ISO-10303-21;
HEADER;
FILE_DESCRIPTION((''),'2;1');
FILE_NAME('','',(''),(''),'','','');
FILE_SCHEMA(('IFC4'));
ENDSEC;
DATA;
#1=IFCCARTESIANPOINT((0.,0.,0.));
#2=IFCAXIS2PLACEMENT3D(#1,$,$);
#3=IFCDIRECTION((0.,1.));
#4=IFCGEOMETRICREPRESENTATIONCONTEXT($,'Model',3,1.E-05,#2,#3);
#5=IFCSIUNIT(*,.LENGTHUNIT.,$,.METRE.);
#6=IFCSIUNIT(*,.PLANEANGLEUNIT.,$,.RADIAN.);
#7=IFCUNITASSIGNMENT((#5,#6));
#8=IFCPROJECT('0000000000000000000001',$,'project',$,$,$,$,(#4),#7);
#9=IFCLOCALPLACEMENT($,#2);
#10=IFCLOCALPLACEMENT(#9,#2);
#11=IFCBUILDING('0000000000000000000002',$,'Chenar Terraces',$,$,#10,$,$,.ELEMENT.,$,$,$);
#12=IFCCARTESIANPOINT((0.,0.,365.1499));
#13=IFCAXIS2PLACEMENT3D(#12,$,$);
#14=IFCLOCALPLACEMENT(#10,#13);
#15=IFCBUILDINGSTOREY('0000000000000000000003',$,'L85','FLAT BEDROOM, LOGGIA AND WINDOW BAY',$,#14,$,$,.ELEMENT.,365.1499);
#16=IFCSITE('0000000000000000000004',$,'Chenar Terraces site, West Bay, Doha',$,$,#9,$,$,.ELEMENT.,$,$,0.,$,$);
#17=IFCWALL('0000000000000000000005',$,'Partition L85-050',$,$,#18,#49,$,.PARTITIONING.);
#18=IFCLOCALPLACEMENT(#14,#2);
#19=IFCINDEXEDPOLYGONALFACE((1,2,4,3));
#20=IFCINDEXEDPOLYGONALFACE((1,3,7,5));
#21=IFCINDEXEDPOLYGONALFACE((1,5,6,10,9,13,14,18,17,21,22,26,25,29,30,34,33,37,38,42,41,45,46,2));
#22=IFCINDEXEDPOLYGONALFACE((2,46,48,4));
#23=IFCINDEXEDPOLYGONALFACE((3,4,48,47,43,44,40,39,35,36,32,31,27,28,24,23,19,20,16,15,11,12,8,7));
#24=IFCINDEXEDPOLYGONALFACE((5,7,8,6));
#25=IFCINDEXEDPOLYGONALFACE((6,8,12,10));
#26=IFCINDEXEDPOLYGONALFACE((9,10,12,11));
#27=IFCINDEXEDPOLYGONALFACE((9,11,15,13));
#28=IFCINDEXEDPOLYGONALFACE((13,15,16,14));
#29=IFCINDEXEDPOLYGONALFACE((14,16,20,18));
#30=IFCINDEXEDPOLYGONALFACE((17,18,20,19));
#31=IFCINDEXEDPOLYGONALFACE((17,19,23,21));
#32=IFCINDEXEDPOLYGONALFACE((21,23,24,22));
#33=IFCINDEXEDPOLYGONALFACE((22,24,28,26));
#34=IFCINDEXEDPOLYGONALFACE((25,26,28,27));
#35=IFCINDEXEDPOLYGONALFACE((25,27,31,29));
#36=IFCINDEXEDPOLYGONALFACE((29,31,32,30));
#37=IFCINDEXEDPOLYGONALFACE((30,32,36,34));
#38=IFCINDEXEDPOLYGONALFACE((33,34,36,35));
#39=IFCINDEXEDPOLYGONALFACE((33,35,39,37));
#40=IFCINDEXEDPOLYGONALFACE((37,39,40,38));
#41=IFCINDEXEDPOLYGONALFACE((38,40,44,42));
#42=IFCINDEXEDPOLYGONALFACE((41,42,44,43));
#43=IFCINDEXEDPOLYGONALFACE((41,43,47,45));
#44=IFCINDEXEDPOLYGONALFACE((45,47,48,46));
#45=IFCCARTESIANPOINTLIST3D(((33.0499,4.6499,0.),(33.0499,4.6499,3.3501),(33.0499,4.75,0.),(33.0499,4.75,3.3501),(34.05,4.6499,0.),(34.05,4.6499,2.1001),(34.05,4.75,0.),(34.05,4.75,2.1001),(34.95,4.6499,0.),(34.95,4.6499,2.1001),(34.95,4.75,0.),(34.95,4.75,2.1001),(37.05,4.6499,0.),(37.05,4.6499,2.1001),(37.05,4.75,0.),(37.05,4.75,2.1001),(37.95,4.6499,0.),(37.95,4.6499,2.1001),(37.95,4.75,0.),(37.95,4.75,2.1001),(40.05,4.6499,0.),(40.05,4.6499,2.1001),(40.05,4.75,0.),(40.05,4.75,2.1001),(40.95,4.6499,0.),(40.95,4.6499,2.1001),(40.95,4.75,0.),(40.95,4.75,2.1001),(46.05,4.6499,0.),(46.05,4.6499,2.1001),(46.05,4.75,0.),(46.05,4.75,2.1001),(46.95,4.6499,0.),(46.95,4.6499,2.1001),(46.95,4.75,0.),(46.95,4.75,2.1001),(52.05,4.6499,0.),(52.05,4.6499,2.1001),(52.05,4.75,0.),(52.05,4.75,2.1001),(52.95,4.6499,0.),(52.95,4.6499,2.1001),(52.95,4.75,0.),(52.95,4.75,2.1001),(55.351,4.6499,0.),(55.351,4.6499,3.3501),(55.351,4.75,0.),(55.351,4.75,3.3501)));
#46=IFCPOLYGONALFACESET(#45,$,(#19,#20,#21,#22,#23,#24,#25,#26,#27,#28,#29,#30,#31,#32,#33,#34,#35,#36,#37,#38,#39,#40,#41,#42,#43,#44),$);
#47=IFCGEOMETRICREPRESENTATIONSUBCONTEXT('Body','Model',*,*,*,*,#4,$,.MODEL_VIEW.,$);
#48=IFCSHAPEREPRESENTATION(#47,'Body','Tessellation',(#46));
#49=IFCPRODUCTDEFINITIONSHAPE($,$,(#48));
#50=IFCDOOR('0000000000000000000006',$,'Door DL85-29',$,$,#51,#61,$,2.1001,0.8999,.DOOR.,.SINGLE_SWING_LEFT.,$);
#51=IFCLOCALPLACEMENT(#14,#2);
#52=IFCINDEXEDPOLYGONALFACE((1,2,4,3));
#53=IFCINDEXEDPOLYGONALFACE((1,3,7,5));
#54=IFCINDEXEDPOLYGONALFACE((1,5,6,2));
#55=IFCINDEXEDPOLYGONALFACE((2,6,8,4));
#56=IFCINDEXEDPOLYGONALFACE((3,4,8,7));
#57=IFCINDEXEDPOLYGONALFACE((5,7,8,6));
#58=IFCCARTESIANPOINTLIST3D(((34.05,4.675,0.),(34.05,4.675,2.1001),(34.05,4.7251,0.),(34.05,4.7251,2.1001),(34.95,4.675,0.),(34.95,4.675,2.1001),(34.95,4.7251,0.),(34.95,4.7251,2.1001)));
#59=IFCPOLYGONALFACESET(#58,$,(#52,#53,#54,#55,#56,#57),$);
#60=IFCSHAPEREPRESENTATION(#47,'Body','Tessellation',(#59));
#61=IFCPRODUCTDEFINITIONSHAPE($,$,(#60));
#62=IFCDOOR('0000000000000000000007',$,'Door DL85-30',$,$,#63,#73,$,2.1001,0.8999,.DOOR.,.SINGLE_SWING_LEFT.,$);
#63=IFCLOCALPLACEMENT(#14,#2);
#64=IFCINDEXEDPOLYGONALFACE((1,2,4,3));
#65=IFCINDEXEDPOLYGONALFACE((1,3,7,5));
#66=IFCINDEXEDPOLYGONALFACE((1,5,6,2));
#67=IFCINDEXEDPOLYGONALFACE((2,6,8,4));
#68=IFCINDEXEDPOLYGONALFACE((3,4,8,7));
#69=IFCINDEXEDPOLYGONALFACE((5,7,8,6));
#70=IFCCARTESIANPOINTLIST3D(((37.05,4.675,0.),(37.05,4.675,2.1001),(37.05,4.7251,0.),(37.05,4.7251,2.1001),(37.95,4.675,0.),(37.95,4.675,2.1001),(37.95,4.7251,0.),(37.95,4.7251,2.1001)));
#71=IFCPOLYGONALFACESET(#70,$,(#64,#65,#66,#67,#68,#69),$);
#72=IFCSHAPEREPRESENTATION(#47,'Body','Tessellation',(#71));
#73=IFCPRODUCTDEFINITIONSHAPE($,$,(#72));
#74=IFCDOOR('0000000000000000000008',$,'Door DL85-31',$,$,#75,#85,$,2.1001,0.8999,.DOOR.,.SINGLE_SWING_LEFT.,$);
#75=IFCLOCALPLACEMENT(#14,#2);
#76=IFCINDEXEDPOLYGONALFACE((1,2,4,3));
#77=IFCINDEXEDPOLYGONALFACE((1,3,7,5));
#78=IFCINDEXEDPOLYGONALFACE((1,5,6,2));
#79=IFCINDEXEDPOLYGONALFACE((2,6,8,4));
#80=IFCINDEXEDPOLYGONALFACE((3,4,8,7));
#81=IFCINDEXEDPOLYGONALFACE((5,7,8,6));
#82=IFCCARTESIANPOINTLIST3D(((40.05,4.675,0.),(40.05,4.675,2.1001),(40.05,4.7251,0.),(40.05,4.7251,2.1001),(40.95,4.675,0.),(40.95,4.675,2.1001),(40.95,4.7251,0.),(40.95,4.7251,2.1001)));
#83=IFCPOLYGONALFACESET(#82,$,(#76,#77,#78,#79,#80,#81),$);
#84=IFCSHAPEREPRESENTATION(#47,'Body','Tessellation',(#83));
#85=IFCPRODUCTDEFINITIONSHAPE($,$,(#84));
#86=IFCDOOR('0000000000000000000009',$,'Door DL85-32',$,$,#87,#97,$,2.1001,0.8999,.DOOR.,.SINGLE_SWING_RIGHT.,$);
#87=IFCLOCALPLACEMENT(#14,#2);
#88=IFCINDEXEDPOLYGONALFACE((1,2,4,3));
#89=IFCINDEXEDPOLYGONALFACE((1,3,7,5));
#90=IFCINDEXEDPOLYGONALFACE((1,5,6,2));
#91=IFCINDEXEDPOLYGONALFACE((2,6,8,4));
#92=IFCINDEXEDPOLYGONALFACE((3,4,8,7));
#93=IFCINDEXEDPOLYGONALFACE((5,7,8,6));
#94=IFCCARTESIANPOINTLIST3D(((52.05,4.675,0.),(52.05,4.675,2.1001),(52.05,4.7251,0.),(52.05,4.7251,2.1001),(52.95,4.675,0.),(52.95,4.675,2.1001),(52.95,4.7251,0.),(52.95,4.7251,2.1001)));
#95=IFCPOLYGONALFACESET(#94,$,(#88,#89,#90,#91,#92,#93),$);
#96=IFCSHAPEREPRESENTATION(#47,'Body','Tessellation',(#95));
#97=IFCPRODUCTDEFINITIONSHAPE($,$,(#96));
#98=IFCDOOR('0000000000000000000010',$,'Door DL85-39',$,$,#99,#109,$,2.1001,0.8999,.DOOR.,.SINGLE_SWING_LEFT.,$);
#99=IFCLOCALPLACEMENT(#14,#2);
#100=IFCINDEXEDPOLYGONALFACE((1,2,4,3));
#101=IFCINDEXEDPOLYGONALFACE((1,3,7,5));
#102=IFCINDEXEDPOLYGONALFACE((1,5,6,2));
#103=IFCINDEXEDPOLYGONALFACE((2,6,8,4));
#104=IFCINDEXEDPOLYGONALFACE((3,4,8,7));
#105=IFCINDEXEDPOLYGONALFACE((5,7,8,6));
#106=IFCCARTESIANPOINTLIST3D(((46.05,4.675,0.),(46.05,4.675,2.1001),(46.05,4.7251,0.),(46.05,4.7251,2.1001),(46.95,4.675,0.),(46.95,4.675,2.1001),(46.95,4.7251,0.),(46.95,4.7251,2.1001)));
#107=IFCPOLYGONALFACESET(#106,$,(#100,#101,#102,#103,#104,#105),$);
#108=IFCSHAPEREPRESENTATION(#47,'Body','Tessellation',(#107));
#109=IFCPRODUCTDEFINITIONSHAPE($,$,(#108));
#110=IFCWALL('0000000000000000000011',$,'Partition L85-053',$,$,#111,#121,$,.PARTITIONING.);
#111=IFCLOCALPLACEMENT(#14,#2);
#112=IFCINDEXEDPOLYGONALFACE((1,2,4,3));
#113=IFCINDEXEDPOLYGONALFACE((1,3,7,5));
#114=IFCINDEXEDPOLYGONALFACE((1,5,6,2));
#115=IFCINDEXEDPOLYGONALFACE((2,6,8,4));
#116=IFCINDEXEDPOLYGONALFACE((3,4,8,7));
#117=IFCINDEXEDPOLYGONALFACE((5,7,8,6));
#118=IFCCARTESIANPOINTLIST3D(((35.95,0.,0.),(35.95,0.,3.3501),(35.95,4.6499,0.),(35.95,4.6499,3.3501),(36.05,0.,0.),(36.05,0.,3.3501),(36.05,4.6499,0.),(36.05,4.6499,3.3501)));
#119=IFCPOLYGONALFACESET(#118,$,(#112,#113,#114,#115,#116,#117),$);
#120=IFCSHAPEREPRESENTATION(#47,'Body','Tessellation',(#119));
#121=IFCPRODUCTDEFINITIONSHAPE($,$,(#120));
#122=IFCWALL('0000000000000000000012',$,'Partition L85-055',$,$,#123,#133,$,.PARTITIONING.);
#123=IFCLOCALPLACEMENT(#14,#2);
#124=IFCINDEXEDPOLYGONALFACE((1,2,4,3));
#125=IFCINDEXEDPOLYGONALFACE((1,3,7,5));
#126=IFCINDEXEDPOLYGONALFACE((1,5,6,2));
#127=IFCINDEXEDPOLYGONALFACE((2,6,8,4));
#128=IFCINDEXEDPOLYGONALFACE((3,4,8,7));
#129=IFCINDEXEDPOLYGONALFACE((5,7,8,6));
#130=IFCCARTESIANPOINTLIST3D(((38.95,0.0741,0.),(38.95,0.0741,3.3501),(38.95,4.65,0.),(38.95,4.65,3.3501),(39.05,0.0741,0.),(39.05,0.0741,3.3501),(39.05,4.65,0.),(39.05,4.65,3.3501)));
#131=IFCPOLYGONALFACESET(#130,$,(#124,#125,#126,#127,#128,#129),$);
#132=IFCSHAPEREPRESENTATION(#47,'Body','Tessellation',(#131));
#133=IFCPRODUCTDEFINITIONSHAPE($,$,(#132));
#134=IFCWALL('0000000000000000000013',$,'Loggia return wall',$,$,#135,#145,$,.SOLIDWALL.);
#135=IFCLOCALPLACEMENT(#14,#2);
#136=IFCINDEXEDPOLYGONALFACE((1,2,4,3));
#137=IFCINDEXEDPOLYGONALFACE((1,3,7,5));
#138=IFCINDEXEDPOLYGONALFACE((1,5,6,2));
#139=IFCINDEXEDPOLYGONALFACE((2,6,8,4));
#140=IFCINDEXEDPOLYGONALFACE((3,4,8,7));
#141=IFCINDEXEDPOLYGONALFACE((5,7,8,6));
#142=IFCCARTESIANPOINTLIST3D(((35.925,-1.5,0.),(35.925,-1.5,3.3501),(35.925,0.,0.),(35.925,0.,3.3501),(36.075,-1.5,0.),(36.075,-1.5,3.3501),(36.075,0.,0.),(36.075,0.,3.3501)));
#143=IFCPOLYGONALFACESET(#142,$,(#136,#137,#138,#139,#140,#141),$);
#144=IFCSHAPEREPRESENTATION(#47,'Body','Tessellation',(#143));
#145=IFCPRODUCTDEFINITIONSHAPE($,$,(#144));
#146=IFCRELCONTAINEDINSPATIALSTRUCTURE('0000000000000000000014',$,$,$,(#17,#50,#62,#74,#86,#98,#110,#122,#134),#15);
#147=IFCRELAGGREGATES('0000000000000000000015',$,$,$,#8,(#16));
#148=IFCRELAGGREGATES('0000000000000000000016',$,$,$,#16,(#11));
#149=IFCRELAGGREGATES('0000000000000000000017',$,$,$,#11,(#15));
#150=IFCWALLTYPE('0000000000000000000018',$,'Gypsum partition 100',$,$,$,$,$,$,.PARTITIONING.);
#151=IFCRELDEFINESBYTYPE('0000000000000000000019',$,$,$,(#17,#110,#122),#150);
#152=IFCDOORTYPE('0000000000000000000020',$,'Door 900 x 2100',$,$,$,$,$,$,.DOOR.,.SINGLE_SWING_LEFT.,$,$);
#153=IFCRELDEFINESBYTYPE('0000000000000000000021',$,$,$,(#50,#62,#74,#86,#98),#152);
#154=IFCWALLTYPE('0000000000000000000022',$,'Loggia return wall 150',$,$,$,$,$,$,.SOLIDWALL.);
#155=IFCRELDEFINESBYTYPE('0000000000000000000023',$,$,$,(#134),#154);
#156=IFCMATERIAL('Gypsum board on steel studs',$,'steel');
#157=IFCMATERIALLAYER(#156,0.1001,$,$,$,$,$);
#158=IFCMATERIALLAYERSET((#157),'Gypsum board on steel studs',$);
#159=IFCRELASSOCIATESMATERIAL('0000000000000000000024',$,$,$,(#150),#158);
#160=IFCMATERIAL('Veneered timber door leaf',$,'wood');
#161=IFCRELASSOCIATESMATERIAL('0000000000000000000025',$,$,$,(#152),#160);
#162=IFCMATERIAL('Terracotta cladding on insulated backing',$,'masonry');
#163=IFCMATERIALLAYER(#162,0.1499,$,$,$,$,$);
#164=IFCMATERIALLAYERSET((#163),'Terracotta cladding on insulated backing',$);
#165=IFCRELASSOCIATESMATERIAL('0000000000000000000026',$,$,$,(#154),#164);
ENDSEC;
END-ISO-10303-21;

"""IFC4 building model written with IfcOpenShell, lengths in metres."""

from ifc_helpers import new_model, si_unit, direction, frame, frame_2d, origin, place, context, subcontext, project, spatial, rectangle, extrude, material, layer, layer_set, type_object, element, fill, save


model = new_model("IFC4")

# Units and contexts
model_context = context("Model", 3, precision=1e-05, world=origin(), true_north=direction((0.0, 1.0)))
body_context = subcontext(model_context, "Body", "Model", "MODEL_VIEW")
ifc_project = project(units=[si_unit("LENGTHUNIT", "METRE"), si_unit("PLANEANGLEUNIT", "RADIAN")], contexts=[model_context])

# Site, building, storey
site_placement = place(None, origin())
site = spatial("IfcSite", under=ifc_project, at=site_placement, Name="Chenar Terraces site, West Bay, Doha", CompositionType="ELEMENT", RefElevation=0.0)
building_placement = place(site_placement, origin())
building = spatial("IfcBuilding", under=site, at=building_placement, Name="Chenar Terraces", CompositionType="ELEMENT")
storey_placement = place(building_placement, frame((0.0, 0.0, 365.1499)))
storey = spatial("IfcBuildingStorey", under=building, at=storey_placement, Name="L85", Description="FLAT BEDROOM, LOGGIA AND WINDOW BAY", CompositionType="ELEMENT", Elevation=365.1499)

# Wall, openings, doors
ifc_material_1 = material(Name="Gypsum board on steel studs", Category="steel")
ifc_layer_1 = layer(ifc_material_1, 0.1001)
ifc_layer_set_1 = layer_set([ifc_layer_1], Name="Gypsum board on steel studs")
wall_type_1 = type_object("IfcWallType", Name="Gypsum partition 100", PredefinedType="PARTITIONING", material=ifc_layer_set_1)
wall_1_placement = place(storey_placement, frame((33.05, 4.7, 0.0), z_axis=(0.0, 0.0, 1.0), x_axis=(1.0, 0.0, 0.0)))
wall_1 = element("IfcWall", 1, at=wall_1_placement, inside=storey, type_object=wall_type_1, Name="Partition L85-050", PredefinedType="PARTITIONING", context=body_context, shape_type="SweptSolid", body=[
    extrude(rectangle(XDim=22.301, YDim=0.1001, at=frame_2d((11.1504, 0.0))), origin(), (0.0, 0.0, 1.0), 3.3501),
])
opening_1_placement = place(wall_1_placement, frame((1.0, 0.0, 0.0)))
opening_1 = element("IfcOpeningElement", 2, at=opening_1_placement, cuts=wall_1, PredefinedType="OPENING", context=body_context, shape_type="SweptSolid", body=[
    extrude(rectangle(XDim=0.8999, YDim=2.1001, at=frame_2d((0.45, 1.05))), frame((0.0, 0.0601, 0.0), z_axis=(0.0, -1.0, 0.0), x_axis=(1.0, 0.0, 0.0)), (0.0, 0.0, 1.0), 0.1201),
])
opening_2_placement = place(wall_1_placement, frame((4.0, 0.0, 0.0)))
opening_2 = element("IfcOpeningElement", 3, at=opening_2_placement, cuts=wall_1, PredefinedType="OPENING", context=body_context, shape_type="SweptSolid", body=[
    extrude(rectangle(XDim=0.8999, YDim=2.1001, at=frame_2d((0.45, 1.05))), frame((0.0, 0.0601, 0.0), z_axis=(0.0, -1.0, 0.0), x_axis=(1.0, 0.0, 0.0)), (0.0, 0.0, 1.0), 0.1201),
])
opening_3_placement = place(wall_1_placement, frame((7.0, 0.0, 0.0)))
opening_3 = element("IfcOpeningElement", 4, at=opening_3_placement, cuts=wall_1, PredefinedType="OPENING", context=body_context, shape_type="SweptSolid", body=[
    extrude(rectangle(XDim=0.8999, YDim=2.1001, at=frame_2d((0.45, 1.05))), frame((0.0, 0.0601, 0.0), z_axis=(0.0, -1.0, 0.0), x_axis=(1.0, 0.0, 0.0)), (0.0, 0.0, 1.0), 0.1201),
])
opening_4_placement = place(wall_1_placement, frame((19.0, 0.0, 0.0)))
opening_4 = element("IfcOpeningElement", 5, at=opening_4_placement, cuts=wall_1, PredefinedType="OPENING", context=body_context, shape_type="SweptSolid", body=[
    extrude(rectangle(XDim=0.8999, YDim=2.1001, at=frame_2d((0.45, 1.05))), frame((0.0, 0.0601, 0.0), z_axis=(0.0, -1.0, 0.0), x_axis=(1.0, 0.0, 0.0)), (0.0, 0.0, 1.0), 0.1201),
])
opening_5_placement = place(wall_1_placement, frame((13.0, 0.0, 0.0)))
opening_5 = element("IfcOpeningElement", 6, at=opening_5_placement, cuts=wall_1, PredefinedType="OPENING", context=body_context, shape_type="SweptSolid", body=[
    extrude(rectangle(XDim=0.8999, YDim=2.1001, at=frame_2d((0.45, 1.05))), frame((0.0, 0.0601, 0.0), z_axis=(0.0, -1.0, 0.0), x_axis=(1.0, 0.0, 0.0)), (0.0, 0.0, 1.0), 0.1201),
])
ifc_material_2 = material(Name="Veneered timber door leaf", Category="wood")
door_type_1 = type_object("IfcDoorType", Name="Door 900 x 2100", OperationType="SINGLE_SWING_LEFT", PredefinedType="DOOR", material=ifc_material_2)
door_1_placement = place(opening_1_placement, frame((0.8999, 0.0, 0.0), z_axis=(0.0, 0.0, 1.0), x_axis=(-1.0, 0.0, 0.0)))
door_1 = element("IfcDoor", 7, at=door_1_placement, inside=storey, type_object=door_type_1, Name="Door DL85-29", OperationType="SINGLE_SWING_LEFT", OverallHeight=2.1001, OverallWidth=0.8999, PredefinedType="DOOR", context=body_context, shape_type="SweptSolid", body=[
    extrude(rectangle(XDim=0.8999, YDim=2.1001, at=frame_2d((0.45, 1.05))), frame((0.0, 0.0249, 0.0), z_axis=(0.0, -1.0, 0.0), x_axis=(1.0, 0.0, 0.0)), (0.0, 0.0, 1.0), 0.05),
])
fill(opening_1, door_1)
door_2_placement = place(opening_2_placement, frame((0.8999, 0.0, 0.0), z_axis=(0.0, 0.0, 1.0), x_axis=(-1.0, 0.0, 0.0)))
door_2 = element("IfcDoor", 8, at=door_2_placement, inside=storey, type_object=door_type_1, Name="Door DL85-30", OperationType="SINGLE_SWING_LEFT", OverallHeight=2.1001, OverallWidth=0.8999, PredefinedType="DOOR", context=body_context, shape_type="SweptSolid", body=[
    extrude(rectangle(XDim=0.8999, YDim=2.1001, at=frame_2d((0.45, 1.05))), frame((0.0, 0.0249, 0.0), z_axis=(0.0, -1.0, 0.0), x_axis=(1.0, 0.0, 0.0)), (0.0, 0.0, 1.0), 0.05),
])
fill(opening_2, door_2)
door_3_placement = place(opening_3_placement, frame((0.8999, 0.0, 0.0), z_axis=(0.0, 0.0, 1.0), x_axis=(-1.0, 0.0, 0.0)))
door_3 = element("IfcDoor", 9, at=door_3_placement, inside=storey, type_object=door_type_1, Name="Door DL85-31", OperationType="SINGLE_SWING_LEFT", OverallHeight=2.1001, OverallWidth=0.8999, PredefinedType="DOOR", context=body_context, shape_type="SweptSolid", body=[
    extrude(rectangle(XDim=0.8999, YDim=2.1001, at=frame_2d((0.45, 1.05))), frame((0.0, 0.0249, 0.0), z_axis=(0.0, -1.0, 0.0), x_axis=(1.0, 0.0, 0.0)), (0.0, 0.0, 1.0), 0.05),
])
fill(opening_3, door_3)
door_4_placement = place(opening_4_placement, frame((0.8999, 0.0, 0.0), z_axis=(0.0, 0.0, 1.0), x_axis=(-1.0, 0.0, 0.0)))
door_4 = element("IfcDoor", 10, at=door_4_placement, inside=storey, type_object=door_type_1, Name="Door DL85-32", OperationType="SINGLE_SWING_RIGHT", OverallHeight=2.1001, OverallWidth=0.8999, PredefinedType="DOOR", context=body_context, shape_type="SweptSolid", body=[
    extrude(rectangle(XDim=0.8999, YDim=2.1001, at=frame_2d((0.45, 1.05))), frame((0.0, 0.0249, 0.0), z_axis=(0.0, -1.0, 0.0), x_axis=(1.0, 0.0, 0.0)), (0.0, 0.0, 1.0), 0.05),
])
fill(opening_4, door_4)
door_5_placement = place(opening_5_placement, frame((0.8999, 0.0, 0.0), z_axis=(0.0, 0.0, 1.0), x_axis=(-1.0, 0.0, 0.0)))
door_5 = element("IfcDoor", 11, at=door_5_placement, inside=storey, type_object=door_type_1, Name="Door DL85-39", OperationType="SINGLE_SWING_LEFT", OverallHeight=2.1001, OverallWidth=0.8999, PredefinedType="DOOR", context=body_context, shape_type="SweptSolid", body=[
    extrude(rectangle(XDim=0.8999, YDim=2.1001, at=frame_2d((0.45, 1.05))), frame((0.0, 0.0249, 0.0), z_axis=(0.0, -1.0, 0.0), x_axis=(1.0, 0.0, 0.0)), (0.0, 0.0, 1.0), 0.05),
])
fill(opening_5, door_5)

# Walls
wall_2_placement = place(storey_placement, frame((36.0, 0.0, 0.0), z_axis=(0.0, 0.0, 1.0), x_axis=(0.0, 1.0, 0.0)))
element("IfcWall", 12, at=wall_2_placement, inside=storey, type_object=wall_type_1, Name="Partition L85-053", PredefinedType="PARTITIONING", context=body_context, shape_type="SweptSolid", body=[
    extrude(rectangle(XDim=4.6499, YDim=0.1001, at=frame_2d((2.325, 0.0))), origin(), (0.0, 0.0, 1.0), 3.3501),
])
wall_3_placement = place(storey_placement, frame((39.0, 0.074, 0.0), z_axis=(0.0, 0.0, 1.0), x_axis=(0.0, 1.0, 0.0)))
element("IfcWall", 13, at=wall_3_placement, inside=storey, type_object=wall_type_1, Name="Partition L85-055", PredefinedType="PARTITIONING", context=body_context, shape_type="SweptSolid", body=[
    extrude(rectangle(XDim=4.5759, YDim=0.1001, at=frame_2d((2.2881, 0.0))), origin(), (0.0, 0.0, 1.0), 3.3501),
])
ifc_material_3 = material(Name="Terracotta cladding on insulated backing", Category="masonry")
ifc_layer_2 = layer(ifc_material_3, 0.1499)
ifc_layer_set_2 = layer_set([ifc_layer_2], Name="Terracotta cladding on insulated backing")
wall_type_2 = type_object("IfcWallType", Name="Loggia return wall 150", PredefinedType="SOLIDWALL", material=ifc_layer_set_2)
wall_4_placement = place(storey_placement, frame((36.0, -1.5, 0.0), z_axis=(0.0, 0.0, 1.0), x_axis=(0.0, 1.0, 0.0)))
element("IfcWall", 14, at=wall_4_placement, inside=storey, type_object=wall_type_2, Name="Loggia return wall", PredefinedType="SOLIDWALL", context=body_context, shape_type="SweptSolid", body=[
    extrude(rectangle(XDim=1.5, YDim=0.1499, at=frame_2d((0.75, 0.0))), origin(), (0.0, 0.0, 1.0), 3.3501),
])

save(model, "model.ifc")
